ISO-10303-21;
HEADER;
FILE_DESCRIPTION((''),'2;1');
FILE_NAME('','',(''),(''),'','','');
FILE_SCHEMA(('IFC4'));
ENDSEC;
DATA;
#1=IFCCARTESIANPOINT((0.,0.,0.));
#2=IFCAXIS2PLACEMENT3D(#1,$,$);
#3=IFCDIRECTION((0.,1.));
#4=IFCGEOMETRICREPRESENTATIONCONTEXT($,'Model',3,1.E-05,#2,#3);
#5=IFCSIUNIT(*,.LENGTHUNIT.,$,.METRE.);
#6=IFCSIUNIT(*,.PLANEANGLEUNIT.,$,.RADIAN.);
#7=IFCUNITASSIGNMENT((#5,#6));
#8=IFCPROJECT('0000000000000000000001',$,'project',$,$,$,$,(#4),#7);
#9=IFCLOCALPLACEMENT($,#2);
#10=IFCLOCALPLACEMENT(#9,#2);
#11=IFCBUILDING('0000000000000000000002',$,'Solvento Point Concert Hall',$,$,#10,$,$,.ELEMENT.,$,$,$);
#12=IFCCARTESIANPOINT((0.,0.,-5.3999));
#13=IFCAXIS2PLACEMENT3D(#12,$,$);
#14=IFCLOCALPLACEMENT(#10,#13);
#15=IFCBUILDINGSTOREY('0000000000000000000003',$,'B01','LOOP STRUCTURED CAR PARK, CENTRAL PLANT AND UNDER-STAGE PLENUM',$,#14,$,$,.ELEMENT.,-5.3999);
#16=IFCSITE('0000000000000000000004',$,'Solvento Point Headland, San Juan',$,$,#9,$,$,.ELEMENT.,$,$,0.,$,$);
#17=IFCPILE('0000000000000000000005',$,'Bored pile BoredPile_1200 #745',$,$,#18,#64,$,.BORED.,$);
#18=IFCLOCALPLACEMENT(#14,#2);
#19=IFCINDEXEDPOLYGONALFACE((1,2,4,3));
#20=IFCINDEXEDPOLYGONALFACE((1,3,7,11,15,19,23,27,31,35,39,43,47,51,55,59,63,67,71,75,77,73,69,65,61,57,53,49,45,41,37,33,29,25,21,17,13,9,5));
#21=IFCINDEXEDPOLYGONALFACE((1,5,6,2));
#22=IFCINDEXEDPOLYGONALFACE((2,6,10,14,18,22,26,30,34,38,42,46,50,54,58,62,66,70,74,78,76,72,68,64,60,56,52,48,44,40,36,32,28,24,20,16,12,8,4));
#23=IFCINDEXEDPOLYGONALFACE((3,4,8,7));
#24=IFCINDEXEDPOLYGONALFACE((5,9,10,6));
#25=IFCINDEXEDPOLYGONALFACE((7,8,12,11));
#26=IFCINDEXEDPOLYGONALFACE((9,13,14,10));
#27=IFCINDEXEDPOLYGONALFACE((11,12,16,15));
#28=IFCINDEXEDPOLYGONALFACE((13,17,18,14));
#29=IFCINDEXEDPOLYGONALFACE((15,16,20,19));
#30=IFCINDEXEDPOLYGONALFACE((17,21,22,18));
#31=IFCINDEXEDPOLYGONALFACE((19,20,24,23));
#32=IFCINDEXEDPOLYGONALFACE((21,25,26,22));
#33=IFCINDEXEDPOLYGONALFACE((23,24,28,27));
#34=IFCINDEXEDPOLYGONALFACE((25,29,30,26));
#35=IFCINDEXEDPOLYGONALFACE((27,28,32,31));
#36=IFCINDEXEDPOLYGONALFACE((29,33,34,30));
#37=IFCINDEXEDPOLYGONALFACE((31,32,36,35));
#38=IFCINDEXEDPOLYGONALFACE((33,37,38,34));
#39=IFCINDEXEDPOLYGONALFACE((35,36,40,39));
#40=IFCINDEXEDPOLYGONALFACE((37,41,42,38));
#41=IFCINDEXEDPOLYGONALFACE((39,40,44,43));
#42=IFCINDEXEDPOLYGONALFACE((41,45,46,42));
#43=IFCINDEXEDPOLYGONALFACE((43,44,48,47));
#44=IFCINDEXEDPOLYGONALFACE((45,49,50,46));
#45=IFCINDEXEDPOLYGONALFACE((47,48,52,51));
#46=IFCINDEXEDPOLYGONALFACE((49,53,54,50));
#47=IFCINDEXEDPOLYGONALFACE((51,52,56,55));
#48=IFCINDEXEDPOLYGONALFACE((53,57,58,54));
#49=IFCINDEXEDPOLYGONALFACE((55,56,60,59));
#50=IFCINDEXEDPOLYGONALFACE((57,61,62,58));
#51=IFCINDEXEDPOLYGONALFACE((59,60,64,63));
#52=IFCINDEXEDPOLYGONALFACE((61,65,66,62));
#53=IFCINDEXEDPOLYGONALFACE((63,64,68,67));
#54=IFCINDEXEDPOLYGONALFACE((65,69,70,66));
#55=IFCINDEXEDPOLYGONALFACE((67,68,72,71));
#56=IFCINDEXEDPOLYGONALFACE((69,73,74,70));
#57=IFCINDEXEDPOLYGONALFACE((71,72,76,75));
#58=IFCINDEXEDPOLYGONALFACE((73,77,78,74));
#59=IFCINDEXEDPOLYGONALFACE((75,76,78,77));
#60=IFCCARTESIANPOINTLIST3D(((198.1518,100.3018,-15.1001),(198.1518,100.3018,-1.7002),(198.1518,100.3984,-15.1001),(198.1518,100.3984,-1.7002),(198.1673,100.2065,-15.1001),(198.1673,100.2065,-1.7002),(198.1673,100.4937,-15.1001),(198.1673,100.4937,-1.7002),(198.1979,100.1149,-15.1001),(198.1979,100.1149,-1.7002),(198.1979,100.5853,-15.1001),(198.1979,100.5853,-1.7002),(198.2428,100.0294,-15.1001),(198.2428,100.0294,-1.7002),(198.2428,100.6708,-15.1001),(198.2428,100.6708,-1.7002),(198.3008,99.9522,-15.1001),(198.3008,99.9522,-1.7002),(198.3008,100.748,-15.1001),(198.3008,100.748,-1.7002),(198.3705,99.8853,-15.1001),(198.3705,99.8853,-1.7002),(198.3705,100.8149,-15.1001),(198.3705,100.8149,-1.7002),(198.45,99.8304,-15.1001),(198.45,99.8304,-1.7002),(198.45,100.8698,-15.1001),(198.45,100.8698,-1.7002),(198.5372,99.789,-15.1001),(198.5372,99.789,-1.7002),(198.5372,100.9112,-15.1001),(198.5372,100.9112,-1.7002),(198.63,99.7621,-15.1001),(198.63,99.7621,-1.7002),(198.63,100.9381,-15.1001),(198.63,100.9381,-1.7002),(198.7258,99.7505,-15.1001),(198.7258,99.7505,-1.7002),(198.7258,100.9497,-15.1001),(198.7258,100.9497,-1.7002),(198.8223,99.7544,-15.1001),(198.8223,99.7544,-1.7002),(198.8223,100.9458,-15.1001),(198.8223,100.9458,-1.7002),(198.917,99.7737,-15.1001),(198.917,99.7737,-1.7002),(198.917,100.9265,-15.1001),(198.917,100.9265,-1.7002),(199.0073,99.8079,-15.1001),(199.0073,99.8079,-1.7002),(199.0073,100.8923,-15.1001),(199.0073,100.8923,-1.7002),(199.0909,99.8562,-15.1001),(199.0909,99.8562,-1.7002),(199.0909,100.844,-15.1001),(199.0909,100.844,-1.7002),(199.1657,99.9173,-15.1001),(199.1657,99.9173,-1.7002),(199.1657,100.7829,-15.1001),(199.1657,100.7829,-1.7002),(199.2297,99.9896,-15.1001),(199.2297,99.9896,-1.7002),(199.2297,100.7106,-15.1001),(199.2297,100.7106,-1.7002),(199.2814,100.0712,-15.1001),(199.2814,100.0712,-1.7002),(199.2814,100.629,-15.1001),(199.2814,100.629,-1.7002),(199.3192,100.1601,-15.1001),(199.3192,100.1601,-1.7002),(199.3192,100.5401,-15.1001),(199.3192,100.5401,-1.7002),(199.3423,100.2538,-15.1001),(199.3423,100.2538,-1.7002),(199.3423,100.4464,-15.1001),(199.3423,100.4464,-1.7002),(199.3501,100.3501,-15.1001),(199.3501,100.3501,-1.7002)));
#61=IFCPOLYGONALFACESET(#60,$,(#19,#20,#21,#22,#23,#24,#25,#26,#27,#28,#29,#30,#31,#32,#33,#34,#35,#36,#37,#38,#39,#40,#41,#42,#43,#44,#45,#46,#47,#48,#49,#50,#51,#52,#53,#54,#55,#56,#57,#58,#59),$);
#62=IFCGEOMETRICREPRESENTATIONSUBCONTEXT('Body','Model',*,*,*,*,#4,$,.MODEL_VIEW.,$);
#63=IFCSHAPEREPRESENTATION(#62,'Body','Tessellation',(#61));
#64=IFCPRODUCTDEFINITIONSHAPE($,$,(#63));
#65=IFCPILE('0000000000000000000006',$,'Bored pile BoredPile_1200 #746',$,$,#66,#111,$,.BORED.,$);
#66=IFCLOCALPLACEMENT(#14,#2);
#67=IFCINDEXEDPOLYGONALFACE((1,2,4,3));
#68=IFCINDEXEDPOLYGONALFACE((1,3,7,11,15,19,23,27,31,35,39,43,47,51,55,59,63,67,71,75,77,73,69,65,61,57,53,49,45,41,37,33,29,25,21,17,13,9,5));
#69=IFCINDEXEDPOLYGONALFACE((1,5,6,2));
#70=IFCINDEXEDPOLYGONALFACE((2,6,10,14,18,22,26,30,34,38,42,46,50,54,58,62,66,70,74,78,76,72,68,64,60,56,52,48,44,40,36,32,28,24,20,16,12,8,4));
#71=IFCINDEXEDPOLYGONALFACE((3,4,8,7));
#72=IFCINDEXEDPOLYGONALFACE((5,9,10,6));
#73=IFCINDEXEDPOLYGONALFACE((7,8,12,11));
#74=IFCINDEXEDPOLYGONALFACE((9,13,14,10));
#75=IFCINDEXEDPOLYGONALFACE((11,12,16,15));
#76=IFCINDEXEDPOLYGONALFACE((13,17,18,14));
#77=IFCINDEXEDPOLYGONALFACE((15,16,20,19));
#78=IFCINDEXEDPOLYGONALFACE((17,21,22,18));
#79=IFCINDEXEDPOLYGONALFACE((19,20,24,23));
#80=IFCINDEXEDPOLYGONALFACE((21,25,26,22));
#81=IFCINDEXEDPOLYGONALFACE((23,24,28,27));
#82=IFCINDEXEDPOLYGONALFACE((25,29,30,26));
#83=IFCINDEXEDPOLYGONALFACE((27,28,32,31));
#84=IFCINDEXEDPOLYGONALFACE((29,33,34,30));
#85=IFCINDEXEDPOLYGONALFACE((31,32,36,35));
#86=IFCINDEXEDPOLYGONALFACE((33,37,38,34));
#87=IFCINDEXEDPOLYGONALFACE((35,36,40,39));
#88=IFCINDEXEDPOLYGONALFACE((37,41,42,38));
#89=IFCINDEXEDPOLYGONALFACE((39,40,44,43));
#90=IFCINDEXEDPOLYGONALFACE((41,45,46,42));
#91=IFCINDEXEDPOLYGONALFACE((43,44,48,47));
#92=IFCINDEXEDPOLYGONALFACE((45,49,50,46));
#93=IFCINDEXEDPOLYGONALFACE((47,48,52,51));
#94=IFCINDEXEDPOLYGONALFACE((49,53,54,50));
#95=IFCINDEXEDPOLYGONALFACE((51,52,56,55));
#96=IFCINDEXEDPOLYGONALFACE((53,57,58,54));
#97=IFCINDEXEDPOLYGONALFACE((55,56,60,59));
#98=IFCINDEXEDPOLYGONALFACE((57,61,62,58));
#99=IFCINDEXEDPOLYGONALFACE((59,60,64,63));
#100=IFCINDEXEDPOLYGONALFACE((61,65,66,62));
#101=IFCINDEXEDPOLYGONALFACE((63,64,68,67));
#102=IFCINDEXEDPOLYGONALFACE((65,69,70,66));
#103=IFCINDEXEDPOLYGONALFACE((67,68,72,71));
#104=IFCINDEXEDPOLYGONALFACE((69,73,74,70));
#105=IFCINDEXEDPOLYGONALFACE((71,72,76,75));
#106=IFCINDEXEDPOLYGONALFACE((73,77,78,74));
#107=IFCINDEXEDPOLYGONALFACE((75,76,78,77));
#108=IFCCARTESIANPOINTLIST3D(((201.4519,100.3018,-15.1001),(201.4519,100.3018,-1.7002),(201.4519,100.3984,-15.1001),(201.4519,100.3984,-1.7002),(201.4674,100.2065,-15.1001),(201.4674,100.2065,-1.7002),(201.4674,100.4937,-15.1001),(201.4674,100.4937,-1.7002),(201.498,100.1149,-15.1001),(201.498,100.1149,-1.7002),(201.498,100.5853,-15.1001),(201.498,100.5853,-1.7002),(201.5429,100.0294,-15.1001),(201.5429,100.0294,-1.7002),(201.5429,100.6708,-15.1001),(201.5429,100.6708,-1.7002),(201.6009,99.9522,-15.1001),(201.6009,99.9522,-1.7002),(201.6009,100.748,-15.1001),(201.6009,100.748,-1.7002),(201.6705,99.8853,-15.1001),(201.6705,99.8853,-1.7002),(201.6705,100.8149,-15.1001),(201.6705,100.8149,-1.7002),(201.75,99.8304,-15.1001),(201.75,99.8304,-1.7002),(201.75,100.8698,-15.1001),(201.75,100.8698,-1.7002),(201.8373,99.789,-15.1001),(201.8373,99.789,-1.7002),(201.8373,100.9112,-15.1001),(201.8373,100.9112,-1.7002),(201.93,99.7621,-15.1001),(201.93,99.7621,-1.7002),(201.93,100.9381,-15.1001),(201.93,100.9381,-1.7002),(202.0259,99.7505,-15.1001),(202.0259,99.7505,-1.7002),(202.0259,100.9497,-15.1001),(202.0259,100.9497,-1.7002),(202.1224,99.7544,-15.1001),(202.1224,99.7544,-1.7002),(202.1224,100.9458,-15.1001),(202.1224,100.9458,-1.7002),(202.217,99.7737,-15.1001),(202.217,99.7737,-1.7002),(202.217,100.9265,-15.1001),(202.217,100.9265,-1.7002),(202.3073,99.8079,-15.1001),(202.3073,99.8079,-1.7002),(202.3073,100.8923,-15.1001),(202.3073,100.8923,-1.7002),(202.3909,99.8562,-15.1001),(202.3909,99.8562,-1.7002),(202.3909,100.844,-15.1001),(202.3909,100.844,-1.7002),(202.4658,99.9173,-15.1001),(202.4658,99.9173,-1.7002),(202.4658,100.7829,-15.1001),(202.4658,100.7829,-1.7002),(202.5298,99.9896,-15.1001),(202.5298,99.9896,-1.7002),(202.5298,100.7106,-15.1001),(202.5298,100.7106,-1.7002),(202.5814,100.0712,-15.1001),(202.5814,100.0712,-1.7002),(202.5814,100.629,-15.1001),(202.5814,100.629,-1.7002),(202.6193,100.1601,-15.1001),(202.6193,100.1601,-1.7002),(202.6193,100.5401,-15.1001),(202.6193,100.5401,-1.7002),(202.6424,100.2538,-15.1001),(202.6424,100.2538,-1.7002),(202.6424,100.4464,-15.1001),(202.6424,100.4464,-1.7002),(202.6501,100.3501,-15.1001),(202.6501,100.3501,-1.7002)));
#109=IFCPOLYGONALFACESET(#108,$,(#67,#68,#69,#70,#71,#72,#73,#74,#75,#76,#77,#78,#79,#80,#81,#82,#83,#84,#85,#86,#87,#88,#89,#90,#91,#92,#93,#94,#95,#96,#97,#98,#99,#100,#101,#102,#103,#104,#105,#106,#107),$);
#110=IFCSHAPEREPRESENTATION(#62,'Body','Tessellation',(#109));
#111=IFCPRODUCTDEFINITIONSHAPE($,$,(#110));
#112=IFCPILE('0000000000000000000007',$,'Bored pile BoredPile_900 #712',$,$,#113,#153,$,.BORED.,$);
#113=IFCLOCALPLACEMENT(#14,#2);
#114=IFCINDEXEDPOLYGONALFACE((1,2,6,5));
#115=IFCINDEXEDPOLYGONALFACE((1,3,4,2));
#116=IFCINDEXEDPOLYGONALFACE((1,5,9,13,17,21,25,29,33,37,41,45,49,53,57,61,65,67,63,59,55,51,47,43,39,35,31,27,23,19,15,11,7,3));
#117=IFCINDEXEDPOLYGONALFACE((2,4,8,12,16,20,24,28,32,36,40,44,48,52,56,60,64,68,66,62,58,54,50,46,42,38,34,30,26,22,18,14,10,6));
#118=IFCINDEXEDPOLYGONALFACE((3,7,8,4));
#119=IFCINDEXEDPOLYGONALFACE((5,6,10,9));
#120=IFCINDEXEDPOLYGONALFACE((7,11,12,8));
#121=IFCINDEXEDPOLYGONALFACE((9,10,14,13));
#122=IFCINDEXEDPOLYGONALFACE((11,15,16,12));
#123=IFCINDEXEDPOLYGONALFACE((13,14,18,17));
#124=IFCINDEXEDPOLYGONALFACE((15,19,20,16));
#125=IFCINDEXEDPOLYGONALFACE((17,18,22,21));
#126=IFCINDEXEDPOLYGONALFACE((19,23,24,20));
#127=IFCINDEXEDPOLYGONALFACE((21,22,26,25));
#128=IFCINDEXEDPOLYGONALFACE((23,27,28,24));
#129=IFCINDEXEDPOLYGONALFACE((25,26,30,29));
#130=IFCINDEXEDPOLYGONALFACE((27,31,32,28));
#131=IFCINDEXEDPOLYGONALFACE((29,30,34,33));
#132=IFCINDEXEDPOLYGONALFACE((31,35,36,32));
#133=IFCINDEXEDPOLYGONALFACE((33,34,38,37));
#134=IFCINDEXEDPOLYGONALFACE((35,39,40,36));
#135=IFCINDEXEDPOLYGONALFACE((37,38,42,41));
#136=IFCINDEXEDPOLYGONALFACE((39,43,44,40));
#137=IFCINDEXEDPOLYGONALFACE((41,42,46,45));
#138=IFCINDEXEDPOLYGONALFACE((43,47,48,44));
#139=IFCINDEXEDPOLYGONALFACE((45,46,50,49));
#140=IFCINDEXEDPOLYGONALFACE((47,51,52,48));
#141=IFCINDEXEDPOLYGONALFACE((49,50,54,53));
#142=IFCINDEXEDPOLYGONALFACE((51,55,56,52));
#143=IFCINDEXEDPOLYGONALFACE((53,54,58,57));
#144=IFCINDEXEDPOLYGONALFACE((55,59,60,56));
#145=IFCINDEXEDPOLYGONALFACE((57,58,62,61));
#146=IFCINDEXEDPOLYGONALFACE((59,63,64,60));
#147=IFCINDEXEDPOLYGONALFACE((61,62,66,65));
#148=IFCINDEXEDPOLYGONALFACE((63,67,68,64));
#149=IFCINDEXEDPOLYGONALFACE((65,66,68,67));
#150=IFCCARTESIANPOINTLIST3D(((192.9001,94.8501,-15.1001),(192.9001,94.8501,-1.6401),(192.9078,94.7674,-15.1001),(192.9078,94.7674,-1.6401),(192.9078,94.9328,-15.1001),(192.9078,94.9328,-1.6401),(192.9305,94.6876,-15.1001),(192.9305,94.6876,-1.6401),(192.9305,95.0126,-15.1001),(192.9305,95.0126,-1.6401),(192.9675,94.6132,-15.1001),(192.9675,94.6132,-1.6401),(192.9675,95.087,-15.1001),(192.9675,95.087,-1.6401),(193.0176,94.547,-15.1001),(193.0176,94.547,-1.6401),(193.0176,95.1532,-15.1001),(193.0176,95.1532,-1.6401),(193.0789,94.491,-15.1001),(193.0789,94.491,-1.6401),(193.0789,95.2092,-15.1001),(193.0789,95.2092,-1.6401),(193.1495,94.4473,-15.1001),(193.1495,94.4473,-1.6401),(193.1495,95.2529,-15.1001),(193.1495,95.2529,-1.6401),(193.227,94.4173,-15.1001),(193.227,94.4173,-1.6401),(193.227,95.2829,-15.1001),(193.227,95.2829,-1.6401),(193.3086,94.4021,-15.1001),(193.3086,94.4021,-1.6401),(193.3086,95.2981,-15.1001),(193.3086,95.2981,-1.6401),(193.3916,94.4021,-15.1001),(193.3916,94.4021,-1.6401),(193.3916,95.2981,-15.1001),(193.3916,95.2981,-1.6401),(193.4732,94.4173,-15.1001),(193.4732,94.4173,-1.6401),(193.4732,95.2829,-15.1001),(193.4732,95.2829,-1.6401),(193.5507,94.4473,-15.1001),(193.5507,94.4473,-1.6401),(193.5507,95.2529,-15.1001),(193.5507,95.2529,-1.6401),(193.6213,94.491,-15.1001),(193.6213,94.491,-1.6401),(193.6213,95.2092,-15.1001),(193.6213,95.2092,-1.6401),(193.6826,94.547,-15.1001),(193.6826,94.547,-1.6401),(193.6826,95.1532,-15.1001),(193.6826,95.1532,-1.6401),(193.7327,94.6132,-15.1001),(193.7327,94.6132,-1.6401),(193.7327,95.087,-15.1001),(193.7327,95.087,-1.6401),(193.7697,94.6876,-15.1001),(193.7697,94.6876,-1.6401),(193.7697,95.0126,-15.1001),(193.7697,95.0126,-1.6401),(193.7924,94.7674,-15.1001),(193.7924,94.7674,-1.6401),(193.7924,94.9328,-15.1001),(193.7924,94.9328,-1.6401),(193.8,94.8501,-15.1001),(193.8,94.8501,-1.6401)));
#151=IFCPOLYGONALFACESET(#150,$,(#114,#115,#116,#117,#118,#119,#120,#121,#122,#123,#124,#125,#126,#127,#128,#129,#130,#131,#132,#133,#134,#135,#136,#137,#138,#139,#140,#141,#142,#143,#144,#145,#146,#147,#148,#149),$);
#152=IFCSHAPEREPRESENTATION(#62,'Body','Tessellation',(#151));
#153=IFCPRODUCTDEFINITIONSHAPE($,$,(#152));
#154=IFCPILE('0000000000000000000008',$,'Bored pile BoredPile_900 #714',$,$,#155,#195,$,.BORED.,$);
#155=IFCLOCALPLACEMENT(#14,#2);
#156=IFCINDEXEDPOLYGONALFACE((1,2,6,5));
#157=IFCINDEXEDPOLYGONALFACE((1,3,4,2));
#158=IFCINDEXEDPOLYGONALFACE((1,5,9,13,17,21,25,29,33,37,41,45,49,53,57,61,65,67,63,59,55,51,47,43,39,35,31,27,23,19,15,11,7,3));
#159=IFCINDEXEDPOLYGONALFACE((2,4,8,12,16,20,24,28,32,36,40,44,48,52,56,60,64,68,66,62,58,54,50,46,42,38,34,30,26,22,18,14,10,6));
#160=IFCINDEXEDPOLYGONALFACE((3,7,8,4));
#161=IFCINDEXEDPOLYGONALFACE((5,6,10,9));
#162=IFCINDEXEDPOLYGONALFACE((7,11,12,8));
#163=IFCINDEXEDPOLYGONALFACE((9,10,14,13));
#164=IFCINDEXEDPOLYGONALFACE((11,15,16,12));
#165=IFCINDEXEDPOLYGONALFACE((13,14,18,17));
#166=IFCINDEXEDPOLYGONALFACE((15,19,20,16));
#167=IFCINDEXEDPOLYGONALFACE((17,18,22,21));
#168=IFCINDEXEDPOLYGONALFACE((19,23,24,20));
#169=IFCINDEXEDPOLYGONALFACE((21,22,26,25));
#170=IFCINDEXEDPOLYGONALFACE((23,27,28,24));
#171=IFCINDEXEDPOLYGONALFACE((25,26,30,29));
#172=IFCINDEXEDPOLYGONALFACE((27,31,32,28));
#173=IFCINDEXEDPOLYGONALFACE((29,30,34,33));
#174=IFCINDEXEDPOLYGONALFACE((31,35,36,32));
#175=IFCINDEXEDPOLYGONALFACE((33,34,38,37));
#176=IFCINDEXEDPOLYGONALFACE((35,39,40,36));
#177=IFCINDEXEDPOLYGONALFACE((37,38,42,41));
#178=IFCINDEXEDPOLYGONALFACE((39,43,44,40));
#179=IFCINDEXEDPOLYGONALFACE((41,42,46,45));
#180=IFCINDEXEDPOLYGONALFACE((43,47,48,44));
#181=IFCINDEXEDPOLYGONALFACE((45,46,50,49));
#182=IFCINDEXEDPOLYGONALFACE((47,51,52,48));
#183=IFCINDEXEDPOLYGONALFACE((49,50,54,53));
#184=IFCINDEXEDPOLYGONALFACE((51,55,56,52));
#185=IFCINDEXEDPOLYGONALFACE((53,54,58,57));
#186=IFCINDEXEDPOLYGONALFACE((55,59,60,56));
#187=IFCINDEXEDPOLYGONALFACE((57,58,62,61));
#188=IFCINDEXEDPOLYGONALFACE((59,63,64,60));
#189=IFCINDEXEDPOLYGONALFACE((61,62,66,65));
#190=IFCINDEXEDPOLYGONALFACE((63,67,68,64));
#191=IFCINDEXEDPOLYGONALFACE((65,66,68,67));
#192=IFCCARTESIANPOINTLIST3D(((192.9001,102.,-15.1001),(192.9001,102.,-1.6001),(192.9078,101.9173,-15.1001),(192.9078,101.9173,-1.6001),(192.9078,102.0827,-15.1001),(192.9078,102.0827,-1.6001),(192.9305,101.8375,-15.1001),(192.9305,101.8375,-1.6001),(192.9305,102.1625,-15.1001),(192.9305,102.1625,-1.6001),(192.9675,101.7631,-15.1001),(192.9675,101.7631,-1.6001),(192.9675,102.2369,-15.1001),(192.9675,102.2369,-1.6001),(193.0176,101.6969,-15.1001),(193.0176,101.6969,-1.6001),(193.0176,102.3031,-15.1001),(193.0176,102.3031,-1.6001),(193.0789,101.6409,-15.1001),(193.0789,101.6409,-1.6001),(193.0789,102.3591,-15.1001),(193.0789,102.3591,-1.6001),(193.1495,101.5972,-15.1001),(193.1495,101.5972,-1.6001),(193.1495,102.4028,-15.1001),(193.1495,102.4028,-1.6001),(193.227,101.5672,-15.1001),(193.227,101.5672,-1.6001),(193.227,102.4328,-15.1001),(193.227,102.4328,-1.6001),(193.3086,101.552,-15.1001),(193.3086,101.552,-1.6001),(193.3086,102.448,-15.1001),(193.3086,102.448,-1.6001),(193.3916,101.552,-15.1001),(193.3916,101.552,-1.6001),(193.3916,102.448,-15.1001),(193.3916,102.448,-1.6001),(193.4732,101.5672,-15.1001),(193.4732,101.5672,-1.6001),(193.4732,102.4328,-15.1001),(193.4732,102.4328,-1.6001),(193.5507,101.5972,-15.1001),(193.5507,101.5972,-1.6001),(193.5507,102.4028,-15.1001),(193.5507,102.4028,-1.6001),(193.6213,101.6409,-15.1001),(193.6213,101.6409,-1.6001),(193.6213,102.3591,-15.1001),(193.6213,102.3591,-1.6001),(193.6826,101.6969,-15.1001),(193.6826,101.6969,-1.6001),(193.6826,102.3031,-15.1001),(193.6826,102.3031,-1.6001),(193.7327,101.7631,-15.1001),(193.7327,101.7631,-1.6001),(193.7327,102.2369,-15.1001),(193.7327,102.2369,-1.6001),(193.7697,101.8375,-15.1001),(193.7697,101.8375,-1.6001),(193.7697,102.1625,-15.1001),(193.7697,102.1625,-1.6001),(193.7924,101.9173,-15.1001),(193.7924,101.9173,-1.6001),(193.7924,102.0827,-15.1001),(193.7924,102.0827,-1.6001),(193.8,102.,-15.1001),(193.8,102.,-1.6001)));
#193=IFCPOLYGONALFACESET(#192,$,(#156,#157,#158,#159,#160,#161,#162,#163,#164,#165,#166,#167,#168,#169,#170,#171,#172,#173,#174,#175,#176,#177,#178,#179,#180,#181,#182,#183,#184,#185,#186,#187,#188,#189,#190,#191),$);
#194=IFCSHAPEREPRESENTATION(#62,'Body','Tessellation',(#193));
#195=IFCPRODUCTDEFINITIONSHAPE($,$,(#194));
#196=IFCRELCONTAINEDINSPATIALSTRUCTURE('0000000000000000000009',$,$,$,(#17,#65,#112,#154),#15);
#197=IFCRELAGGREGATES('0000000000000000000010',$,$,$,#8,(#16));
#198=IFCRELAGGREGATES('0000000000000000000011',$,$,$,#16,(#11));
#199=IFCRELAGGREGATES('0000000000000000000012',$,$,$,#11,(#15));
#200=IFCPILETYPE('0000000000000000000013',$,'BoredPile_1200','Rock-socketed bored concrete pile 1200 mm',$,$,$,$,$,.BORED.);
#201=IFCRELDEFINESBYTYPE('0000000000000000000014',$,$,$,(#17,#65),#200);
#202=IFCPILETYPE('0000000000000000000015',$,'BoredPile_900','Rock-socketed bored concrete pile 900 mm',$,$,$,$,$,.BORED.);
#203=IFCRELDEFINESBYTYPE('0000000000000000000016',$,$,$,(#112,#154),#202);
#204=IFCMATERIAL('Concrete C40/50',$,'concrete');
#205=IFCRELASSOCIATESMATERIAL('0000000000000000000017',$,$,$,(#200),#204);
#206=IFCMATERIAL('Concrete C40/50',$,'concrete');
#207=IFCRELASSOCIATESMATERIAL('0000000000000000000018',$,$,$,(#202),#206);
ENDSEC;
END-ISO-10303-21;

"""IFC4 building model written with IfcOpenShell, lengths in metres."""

from ifc_helpers import new_model, si_unit, direction, frame, origin, origin_2d, place, context, subcontext, project, spatial, circle, extrude, material, material_profile, profile_set, type_object, element, save


model = new_model("IFC4")

# Units and contexts
model_context = context("Model", 3, precision=1e-05, world=origin(), true_north=direction((0.0, 1.0)))
body_context = subcontext(model_context, "Body", "Model", "MODEL_VIEW")
ifc_project = project(units=[si_unit("LENGTHUNIT", "METRE"), si_unit("PLANEANGLEUNIT", "RADIAN")], contexts=[model_context])

# Site, building, storey
site_placement = place(None, origin())
site = spatial("IfcSite", under=ifc_project, at=site_placement, Name="Solvento Point Headland, San Juan", CompositionType="ELEMENT", RefElevation=0.0)
building_placement = place(site_placement, origin())
building = spatial("IfcBuilding", under=site, at=building_placement, Name="Solvento Point Concert Hall", CompositionType="ELEMENT")
storey_placement = place(building_placement, frame((0.0, 0.0, -5.3999)))
storey = spatial("IfcBuildingStorey", under=building, at=storey_placement, Name="B01", Description="LOOP STRUCTURED CAR PARK, CENTRAL PLANT AND UNDER-STAGE PLENUM", CompositionType="ELEMENT", Elevation=-5.3999)

# Piles
ifc_material_1 = material(Name="Concrete C40/50", Category="concrete")
ifc_material_profile_1 = material_profile(ifc_material_1, circle(Radius=0.6001, at=origin_2d()), Name="BP-1200")
ifc_profile_set_1 = profile_set([ifc_material_profile_1], Name="Concrete C40/50")
pile_type_1 = type_object("IfcPileType", Name="BoredPile_1200", Description="Rock-socketed bored concrete pile 1200 mm", PredefinedType="BORED", material=ifc_profile_set_1)
for number, where, z_axis, x_axis, name in (
    (1, (198.75, 100.3501, -1.7002), (0.0, 0.0, -1.0), (1.0, 0.0, 0.0), "Bored pile BoredPile_1200 #745"),
    (2, (202.05, 100.3501, -1.7002), (0.0, 0.0, -1.0), (1.0, 0.0, 0.0), "Bored pile BoredPile_1200 #746"),
):
    element("IfcPile", number, at=place(storey_placement, frame(where, z_axis=z_axis, x_axis=x_axis)), inside=storey, type_object=pile_type_1, Name=name, PredefinedType="BORED", context=body_context, shape_type="SweptSolid", body=[
        extrude(circle(Radius=0.6001, at=origin_2d()), origin(), (0.0, 0.0, 1.0), 13.3999),
    ])
ifc_material_2 = material(Name="Concrete C40/50", Category="concrete")
ifc_material_profile_2 = material_profile(ifc_material_2, circle(Radius=0.45, at=origin_2d()), Name="BP-900")
ifc_profile_set_2 = profile_set([ifc_material_profile_2], Name="Concrete C40/50")
pile_type_2 = type_object("IfcPileType", Name="BoredPile_900", Description="Rock-socketed bored concrete pile 900 mm", PredefinedType="BORED", material=ifc_profile_set_2)
pile_1_placement = place(storey_placement, frame((193.3501, 94.8501, -1.6401), z_axis=(0.0, 0.0, -1.0), x_axis=(1.0, 0.0, 0.0)))
element("IfcPile", 3, at=pile_1_placement, inside=storey, type_object=pile_type_2, Name="Bored pile BoredPile_900 #712", PredefinedType="BORED", context=body_context, shape_type="SweptSolid", body=[
    extrude(circle(Radius=0.45, at=origin_2d()), origin(), (0.0, 0.0, 1.0), 13.46),
])
pile_2_placement = place(storey_placement, frame((193.3501, 102.0, -1.6001), z_axis=(0.0, 0.0, -1.0), x_axis=(1.0, 0.0, 0.0)))
element("IfcPile", 4, at=pile_2_placement, inside=storey, type_object=pile_type_2, Name="Bored pile BoredPile_900 #714", PredefinedType="BORED", context=body_context, shape_type="SweptSolid", body=[
    extrude(circle(Radius=0.45, at=origin_2d()), origin(), (0.0, 0.0, 1.0), 13.5),
])

save(model, "model.ifc")
